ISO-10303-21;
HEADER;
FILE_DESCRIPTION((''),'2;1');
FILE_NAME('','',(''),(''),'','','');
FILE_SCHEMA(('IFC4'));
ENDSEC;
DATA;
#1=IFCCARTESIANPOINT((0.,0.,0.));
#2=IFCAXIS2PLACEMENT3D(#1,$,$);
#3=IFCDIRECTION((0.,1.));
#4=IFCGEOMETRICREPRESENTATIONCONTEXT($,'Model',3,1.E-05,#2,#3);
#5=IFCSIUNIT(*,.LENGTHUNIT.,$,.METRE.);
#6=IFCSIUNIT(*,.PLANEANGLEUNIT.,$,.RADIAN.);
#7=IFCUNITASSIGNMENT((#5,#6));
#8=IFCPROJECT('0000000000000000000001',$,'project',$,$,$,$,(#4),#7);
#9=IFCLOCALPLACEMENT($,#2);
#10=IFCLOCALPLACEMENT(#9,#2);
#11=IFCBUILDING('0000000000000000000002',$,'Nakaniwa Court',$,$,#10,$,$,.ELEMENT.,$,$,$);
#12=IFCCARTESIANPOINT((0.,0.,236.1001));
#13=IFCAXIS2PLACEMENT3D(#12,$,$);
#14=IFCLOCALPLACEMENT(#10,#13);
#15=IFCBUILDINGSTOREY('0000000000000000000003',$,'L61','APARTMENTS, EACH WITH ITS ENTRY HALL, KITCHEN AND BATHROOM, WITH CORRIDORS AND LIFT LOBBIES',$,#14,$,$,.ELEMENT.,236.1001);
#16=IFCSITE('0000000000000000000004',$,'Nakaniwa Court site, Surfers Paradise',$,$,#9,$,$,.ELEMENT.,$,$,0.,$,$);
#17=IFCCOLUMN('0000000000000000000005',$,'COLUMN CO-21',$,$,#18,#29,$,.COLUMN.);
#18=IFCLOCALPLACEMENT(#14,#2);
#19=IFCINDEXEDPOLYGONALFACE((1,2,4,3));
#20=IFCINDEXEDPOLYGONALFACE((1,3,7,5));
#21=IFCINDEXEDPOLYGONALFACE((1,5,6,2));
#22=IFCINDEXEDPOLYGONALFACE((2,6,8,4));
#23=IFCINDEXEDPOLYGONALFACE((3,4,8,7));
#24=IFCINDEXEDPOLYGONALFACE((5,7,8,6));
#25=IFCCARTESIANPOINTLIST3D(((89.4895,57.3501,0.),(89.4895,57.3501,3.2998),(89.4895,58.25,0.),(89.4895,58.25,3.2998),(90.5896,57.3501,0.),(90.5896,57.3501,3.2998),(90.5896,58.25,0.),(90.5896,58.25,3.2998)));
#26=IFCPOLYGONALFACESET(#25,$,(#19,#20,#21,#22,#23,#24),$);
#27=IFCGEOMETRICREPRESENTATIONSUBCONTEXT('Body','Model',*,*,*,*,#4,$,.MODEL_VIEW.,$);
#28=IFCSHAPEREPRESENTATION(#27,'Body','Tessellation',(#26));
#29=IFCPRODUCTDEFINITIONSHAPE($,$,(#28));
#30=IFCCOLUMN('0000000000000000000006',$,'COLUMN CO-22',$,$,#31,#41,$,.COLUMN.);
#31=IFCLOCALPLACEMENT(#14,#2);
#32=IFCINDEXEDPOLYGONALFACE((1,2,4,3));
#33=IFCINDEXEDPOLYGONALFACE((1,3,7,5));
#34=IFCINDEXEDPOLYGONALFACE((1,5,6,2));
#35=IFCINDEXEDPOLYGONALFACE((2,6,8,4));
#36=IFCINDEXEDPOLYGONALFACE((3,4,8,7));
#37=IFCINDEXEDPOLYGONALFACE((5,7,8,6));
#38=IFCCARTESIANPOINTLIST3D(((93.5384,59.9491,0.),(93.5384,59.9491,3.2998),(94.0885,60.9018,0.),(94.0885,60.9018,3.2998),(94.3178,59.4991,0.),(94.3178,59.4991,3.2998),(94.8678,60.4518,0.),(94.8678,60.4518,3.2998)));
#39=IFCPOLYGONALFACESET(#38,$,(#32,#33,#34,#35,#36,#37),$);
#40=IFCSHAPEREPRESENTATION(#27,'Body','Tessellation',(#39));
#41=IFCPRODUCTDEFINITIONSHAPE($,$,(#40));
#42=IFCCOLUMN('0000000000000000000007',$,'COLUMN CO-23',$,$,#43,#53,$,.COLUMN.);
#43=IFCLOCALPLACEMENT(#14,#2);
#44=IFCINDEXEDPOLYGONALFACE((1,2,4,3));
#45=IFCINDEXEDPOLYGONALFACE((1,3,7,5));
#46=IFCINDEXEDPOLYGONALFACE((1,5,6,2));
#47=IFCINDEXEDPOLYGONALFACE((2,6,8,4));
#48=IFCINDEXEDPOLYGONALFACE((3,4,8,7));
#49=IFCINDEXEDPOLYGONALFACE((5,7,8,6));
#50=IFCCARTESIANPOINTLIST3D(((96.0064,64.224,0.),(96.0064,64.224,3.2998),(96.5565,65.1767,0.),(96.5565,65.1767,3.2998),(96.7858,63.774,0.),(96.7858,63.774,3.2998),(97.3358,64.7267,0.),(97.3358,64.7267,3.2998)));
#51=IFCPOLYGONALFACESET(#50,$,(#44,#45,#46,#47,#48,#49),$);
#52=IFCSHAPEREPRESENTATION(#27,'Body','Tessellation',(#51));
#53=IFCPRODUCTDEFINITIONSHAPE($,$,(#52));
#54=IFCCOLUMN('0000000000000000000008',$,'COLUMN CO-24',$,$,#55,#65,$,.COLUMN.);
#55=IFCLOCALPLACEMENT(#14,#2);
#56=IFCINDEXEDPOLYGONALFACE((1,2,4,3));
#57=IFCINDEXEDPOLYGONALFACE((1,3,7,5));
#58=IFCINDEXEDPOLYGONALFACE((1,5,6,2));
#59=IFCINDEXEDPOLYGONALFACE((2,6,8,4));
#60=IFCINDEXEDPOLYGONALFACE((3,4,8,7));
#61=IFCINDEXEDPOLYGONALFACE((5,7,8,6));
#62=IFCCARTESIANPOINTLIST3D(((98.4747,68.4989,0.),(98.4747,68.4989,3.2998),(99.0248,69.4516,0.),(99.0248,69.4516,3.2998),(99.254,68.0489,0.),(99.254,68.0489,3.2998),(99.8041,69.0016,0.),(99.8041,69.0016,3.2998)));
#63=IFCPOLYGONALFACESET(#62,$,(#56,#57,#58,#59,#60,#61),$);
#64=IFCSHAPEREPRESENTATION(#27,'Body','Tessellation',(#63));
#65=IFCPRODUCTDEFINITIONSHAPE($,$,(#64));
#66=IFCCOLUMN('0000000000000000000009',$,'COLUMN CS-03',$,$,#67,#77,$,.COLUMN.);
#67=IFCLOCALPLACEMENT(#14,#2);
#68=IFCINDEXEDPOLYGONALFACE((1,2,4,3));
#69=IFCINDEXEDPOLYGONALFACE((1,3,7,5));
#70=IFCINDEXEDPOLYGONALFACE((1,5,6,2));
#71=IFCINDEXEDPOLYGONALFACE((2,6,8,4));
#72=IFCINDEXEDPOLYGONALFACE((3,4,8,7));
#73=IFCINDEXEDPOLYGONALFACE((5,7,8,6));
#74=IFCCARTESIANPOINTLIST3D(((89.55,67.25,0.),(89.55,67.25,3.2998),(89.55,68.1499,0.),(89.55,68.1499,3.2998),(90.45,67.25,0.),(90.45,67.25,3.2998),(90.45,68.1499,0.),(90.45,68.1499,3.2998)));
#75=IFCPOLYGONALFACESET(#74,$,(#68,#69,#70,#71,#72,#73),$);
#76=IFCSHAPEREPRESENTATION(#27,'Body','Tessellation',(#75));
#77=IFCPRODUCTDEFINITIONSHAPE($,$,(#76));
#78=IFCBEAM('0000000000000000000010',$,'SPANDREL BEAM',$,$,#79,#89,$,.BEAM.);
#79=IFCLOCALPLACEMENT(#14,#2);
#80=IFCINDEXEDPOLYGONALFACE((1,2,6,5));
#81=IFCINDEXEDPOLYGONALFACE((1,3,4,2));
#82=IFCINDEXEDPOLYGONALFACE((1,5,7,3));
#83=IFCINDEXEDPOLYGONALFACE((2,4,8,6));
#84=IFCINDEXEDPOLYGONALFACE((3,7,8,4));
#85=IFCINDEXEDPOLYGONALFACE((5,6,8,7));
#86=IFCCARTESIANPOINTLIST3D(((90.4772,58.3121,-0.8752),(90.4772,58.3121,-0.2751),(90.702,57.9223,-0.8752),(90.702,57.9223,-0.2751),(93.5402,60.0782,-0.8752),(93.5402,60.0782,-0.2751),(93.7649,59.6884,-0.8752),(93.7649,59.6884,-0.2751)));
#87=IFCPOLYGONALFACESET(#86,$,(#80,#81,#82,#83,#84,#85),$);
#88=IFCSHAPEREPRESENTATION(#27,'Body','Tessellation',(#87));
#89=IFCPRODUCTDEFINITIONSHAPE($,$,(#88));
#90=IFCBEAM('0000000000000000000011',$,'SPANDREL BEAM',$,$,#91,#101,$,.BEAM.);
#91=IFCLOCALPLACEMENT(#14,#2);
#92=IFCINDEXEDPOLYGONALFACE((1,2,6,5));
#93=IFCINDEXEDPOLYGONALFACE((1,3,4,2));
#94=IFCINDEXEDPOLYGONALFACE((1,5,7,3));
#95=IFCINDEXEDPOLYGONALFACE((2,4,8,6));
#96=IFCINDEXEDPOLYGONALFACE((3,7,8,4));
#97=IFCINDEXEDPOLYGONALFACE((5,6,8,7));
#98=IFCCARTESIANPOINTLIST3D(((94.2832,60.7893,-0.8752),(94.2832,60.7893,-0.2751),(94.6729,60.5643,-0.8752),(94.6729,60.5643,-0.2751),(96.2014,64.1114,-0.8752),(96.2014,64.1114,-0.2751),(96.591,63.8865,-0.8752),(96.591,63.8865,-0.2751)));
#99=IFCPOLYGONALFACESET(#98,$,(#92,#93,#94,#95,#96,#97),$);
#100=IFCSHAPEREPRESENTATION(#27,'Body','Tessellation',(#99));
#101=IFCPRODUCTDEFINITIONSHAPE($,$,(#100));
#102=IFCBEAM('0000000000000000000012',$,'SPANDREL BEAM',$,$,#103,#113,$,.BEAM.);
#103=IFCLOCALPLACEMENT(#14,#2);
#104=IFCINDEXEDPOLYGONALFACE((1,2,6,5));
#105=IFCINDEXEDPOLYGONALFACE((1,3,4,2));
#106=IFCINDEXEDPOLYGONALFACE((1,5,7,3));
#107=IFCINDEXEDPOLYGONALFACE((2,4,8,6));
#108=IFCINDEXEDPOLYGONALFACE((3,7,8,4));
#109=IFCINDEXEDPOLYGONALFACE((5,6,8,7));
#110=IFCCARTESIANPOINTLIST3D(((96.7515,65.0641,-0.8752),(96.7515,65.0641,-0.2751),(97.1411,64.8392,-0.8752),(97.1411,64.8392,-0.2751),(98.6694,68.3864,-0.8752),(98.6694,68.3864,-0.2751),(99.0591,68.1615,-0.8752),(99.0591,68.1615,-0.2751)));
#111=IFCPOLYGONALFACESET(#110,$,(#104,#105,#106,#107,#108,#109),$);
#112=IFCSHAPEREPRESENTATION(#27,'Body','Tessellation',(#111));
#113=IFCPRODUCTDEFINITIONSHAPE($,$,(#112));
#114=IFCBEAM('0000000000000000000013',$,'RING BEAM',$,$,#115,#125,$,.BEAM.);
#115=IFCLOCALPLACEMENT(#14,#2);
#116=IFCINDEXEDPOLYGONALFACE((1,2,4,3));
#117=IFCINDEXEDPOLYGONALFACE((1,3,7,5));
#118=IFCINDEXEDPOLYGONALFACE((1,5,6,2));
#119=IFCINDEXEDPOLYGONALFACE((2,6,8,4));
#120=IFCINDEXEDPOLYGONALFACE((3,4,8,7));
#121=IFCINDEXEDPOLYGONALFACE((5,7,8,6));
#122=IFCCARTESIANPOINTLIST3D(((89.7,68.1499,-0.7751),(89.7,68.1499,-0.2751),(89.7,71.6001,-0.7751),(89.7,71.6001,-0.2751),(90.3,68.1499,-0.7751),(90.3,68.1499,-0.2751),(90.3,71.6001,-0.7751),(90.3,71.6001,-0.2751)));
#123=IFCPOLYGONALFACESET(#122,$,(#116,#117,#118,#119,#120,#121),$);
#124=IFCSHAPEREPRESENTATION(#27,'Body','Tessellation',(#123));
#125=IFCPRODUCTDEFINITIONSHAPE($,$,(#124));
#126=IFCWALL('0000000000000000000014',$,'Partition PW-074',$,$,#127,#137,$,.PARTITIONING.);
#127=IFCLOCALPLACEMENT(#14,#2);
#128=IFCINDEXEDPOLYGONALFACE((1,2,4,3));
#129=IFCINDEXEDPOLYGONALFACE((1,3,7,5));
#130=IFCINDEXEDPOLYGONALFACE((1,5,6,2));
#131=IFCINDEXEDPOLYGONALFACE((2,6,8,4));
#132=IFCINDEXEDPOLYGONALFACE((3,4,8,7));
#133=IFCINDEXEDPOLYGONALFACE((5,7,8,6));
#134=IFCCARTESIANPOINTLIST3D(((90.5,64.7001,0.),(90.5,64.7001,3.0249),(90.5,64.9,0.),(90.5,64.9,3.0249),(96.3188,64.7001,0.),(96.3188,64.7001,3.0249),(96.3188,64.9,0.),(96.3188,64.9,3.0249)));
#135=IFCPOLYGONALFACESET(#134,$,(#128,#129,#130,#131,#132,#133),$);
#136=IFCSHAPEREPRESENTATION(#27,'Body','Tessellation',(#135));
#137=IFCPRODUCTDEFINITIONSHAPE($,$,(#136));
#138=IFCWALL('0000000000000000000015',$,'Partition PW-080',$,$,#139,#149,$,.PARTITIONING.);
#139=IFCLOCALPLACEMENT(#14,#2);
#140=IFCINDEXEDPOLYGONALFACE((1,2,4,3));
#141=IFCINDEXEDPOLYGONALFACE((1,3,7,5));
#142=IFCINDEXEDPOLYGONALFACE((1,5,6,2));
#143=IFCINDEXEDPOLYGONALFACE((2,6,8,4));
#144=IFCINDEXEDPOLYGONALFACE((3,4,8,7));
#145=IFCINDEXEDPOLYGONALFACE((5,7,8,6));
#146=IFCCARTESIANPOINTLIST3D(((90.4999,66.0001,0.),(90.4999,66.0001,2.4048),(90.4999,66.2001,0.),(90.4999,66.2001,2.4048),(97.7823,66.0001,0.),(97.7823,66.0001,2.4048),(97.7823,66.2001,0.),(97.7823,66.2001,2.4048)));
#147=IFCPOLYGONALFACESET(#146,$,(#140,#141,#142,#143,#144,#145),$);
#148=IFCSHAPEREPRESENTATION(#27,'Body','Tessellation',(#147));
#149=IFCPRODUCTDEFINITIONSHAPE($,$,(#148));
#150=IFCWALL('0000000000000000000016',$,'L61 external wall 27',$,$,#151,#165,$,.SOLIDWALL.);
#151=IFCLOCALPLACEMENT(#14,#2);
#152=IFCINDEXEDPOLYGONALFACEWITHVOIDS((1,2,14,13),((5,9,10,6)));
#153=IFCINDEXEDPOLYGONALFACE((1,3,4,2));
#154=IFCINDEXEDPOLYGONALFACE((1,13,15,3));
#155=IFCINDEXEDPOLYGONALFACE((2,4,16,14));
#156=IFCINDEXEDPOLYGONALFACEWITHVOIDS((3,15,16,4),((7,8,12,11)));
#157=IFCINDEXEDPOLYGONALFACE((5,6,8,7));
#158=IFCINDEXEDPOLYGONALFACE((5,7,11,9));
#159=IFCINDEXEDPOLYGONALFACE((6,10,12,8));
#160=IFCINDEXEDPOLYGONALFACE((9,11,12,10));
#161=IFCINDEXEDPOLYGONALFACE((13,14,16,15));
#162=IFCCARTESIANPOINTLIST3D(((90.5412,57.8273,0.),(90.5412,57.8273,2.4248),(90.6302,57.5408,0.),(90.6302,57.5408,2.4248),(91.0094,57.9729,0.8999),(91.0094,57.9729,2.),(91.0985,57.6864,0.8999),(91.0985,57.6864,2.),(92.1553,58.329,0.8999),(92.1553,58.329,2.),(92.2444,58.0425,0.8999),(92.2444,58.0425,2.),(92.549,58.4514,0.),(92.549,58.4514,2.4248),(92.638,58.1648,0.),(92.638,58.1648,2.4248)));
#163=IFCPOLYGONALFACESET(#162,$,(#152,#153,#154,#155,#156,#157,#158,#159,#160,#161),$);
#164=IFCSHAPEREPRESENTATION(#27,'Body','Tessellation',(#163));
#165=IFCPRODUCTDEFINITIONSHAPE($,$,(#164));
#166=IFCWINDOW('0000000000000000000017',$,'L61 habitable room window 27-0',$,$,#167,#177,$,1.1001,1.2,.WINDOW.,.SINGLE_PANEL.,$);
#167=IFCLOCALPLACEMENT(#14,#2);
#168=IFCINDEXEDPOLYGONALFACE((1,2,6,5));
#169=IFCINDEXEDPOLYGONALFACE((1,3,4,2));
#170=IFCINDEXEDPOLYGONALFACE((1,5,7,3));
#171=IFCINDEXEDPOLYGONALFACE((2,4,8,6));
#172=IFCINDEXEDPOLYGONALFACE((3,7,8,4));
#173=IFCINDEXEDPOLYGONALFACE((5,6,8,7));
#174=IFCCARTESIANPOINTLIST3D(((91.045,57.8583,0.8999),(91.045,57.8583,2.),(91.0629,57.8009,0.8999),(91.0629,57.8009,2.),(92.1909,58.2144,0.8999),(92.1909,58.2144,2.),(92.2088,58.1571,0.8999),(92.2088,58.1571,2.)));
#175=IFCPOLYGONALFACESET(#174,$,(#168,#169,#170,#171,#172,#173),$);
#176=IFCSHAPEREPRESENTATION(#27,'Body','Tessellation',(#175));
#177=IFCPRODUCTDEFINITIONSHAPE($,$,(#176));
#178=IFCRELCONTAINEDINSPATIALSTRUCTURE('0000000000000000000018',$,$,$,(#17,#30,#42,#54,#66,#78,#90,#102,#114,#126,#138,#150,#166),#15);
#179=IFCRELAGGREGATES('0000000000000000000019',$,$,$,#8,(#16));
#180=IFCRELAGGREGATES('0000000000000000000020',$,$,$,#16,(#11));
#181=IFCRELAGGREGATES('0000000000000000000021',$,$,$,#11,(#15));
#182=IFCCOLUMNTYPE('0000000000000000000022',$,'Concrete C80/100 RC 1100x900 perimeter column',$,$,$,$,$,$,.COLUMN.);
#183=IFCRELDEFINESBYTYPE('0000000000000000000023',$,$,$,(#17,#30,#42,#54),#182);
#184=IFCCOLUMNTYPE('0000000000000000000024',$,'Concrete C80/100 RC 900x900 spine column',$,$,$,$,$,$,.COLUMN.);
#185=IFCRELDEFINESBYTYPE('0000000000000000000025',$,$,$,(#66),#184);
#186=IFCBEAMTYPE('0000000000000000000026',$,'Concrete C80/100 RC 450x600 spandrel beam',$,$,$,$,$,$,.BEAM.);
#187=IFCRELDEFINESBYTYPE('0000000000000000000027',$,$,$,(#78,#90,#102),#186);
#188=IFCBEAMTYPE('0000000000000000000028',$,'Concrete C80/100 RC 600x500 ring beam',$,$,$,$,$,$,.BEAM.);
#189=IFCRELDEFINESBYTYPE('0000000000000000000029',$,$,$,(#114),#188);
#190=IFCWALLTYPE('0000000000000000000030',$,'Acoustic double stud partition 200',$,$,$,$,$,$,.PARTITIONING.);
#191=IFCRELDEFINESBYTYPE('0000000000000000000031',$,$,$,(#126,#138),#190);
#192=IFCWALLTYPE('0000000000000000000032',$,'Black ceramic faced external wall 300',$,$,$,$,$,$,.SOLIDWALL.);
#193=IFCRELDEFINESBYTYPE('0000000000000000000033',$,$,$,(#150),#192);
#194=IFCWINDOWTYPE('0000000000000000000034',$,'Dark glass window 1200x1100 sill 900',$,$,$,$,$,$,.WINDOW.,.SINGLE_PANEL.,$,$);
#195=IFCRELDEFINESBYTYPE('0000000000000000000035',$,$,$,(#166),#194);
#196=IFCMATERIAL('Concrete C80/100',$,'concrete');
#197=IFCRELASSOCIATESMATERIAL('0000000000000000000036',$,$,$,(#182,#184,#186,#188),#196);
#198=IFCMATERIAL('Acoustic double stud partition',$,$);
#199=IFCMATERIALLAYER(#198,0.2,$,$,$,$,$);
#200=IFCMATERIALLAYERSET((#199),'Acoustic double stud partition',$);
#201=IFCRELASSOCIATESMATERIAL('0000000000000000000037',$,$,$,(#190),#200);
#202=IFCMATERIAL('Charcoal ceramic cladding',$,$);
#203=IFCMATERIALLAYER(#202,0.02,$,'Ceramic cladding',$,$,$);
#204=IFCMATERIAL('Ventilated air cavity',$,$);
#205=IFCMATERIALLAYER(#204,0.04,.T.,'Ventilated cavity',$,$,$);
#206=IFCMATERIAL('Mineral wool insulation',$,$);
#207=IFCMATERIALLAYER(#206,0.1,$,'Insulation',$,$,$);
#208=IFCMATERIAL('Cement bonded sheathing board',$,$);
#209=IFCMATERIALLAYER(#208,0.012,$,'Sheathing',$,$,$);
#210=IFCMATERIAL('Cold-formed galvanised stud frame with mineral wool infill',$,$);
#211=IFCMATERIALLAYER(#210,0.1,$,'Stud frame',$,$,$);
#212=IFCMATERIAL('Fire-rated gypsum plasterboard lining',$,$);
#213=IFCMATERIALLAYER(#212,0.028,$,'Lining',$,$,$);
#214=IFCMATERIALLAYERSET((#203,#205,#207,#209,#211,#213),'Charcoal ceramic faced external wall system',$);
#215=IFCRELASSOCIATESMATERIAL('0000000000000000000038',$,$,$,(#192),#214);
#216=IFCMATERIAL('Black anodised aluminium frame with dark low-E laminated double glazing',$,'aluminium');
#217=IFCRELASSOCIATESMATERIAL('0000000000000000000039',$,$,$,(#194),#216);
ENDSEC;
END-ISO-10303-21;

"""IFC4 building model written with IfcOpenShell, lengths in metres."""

from ifc_helpers import new_model, si_unit, direction, frame, frame_2d, origin, origin_2d, place, context, subcontext, project, spatial, rectangle, extrude, material, layer, layer_set, material_profile, profile_set, type_object, element, fill, save


model = new_model("IFC4")

# Units and contexts
model_context = context("Model", 3, precision=1e-05, world=origin(), true_north=direction((0.0, 1.0)))
body_context = subcontext(model_context, "Body", "Model", "MODEL_VIEW")
ifc_project = project(units=[si_unit("LENGTHUNIT", "METRE"), si_unit("PLANEANGLEUNIT", "RADIAN")], contexts=[model_context])

# Site, building, storey
site_placement = place(None, origin())
site = spatial("IfcSite", under=ifc_project, at=site_placement, Name="Nakaniwa Court site, Surfers Paradise", CompositionType="ELEMENT", RefElevation=0.0)
building_placement = place(site_placement, origin())
building = spatial("IfcBuilding", under=site, at=building_placement, Name="Nakaniwa Court", CompositionType="ELEMENT")
storey_placement = place(building_placement, frame((0.0, 0.0, 236.1001)))
storey = spatial("IfcBuildingStorey", under=building, at=storey_placement, Name="L61", Description="APARTMENTS, EACH WITH ITS ENTRY HALL, KITCHEN AND BATHROOM, WITH CORRIDORS AND LIFT LOBBIES", CompositionType="ELEMENT", Elevation=236.1001)

# Columns
ifc_material_1 = material(Name="Concrete C80/100", Category="concrete")
ifc_material_profile_1 = material_profile(ifc_material_1, rectangle(XDim=1.1001, YDim=0.8999, at=origin_2d()), Name="Concrete C80/100 RC 1100x900 perimeter column")
ifc_profile_set_1 = profile_set([ifc_material_profile_1], Name="Concrete C80/100")
column_type_1 = type_object("IfcColumnType", Name="Concrete C80/100 RC 1100x900 perimeter column", PredefinedType="COLUMN", material=ifc_profile_set_1)
for number, where, z_axis, x_axis, name in (
    (1, (90.0396, 57.8, 0.0), (0.0, 0.0, 1.0), (1.0, 0.0, 0.0), "COLUMN CO-21"),
    (2, (94.2031, 60.2004, 0.0), (0.0, 0.0, 1.0), (0.5, 0.866025, 0.0), "COLUMN CO-22"),
    (3, (96.6711, 64.4753, 0.0), (0.0, 0.0, 1.0), (0.5, 0.866025, 0.0), "COLUMN CO-23"),
    (4, (99.1394, 68.7502, 0.0), (0.0, 0.0, 1.0), (0.5, 0.866025, 0.0), "COLUMN CO-24"),
):
    element("IfcColumn", number, at=place(storey_placement, frame(where, z_axis=z_axis, x_axis=x_axis)), inside=storey, type_object=column_type_1, Name=name, PredefinedType="COLUMN", context=body_context, shape_type="SweptSolid", body=[
        extrude(rectangle(XDim=1.1001, YDim=0.8999, at=origin_2d()), origin(), (0.0, 0.0, 1.0), 3.2998),
    ])
ifc_material_profile_2 = material_profile(ifc_material_1, rectangle(XDim=0.8999, YDim=0.8999, at=origin_2d()), Name="Concrete C80/100 RC 900x900 spine column")
ifc_profile_set_2 = profile_set([ifc_material_profile_2], Name="Concrete C80/100")
column_type_2 = type_object("IfcColumnType", Name="Concrete C80/100 RC 900x900 spine column", PredefinedType="COLUMN", material=ifc_profile_set_2)
column_placement = place(storey_placement, frame((90.0, 67.7, 0.0), z_axis=(0.0, 0.0, 1.0), x_axis=(0.0, 1.0, 0.0)))
element("IfcColumn", 5, at=column_placement, inside=storey, type_object=column_type_2, Name="COLUMN CS-03", PredefinedType="COLUMN", context=body_context, shape_type="SweptSolid", body=[
    extrude(rectangle(XDim=0.8999, YDim=0.8999, at=origin_2d()), origin(), (0.0, 0.0, 1.0), 3.2998),
])

# Beams
ifc_material_profile_3 = material_profile(ifc_material_1, rectangle(XDim=0.45, YDim=0.6001, at=origin_2d()), Name="Concrete C80/100 RC 450x600 spandrel beam")
ifc_profile_set_3 = profile_set([ifc_material_profile_3], Name="Concrete C80/100")
beam_type_1 = type_object("IfcBeamType", Name="Concrete C80/100 RC 450x600 spandrel beam", PredefinedType="BEAM", material=ifc_profile_set_3)
beam_1_placement = place(storey_placement, frame((90.5896, 58.1172, -0.5752), z_axis=(0.866307, 0.499511, 0.0), x_axis=(-0.499511, 0.866307, 0.0)))
element("IfcBeam", 6, at=beam_1_placement, inside=storey, type_object=beam_type_1, Name="SPANDREL BEAM", PredefinedType="BEAM", context=body_context, shape_type="SweptSolid", body=[
    extrude(rectangle(XDim=0.45, YDim=0.6001, at=origin_2d()), origin(), (0.0, 0.0, 1.0), 3.5356),
])
for number, where, z_axis, x_axis, name in (
    (7, (94.478, 60.6768, -0.5752), (0.50002, 0.866014, 0.0), (-0.866014, 0.50002, 0.0), "SPANDREL BEAM"),
    (8, (96.9463, 64.9517, -0.5752), (0.499972, 0.866041, 0.0), (-0.866041, 0.499972, 0.0), "SPANDREL BEAM"),
):
    element("IfcBeam", number, at=place(storey_placement, frame(where, z_axis=z_axis, x_axis=x_axis)), inside=storey, type_object=beam_type_1, Name=name, PredefinedType="BEAM", context=body_context, shape_type="SweptSolid", body=[
        extrude(rectangle(XDim=0.45, YDim=0.6001, at=origin_2d()), origin(), (0.0, 0.0, 1.0), 3.8362),
    ])
ifc_material_profile_4 = material_profile(ifc_material_1, rectangle(XDim=0.6001, YDim=0.5, at=origin_2d()), Name="Concrete C80/100 RC 600x500 ring beam")
ifc_profile_set_4 = profile_set([ifc_material_profile_4], Name="Concrete C80/100")
beam_type_2 = type_object("IfcBeamType", Name="Concrete C80/100 RC 600x500 ring beam", PredefinedType="BEAM", material=ifc_profile_set_4)
beam_2_placement = place(storey_placement, frame((90.0, 68.1499, -0.5251), z_axis=(0.0, 1.0, 0.0), x_axis=(-1.0, 0.0, 0.0)))
element("IfcBeam", 9, at=beam_2_placement, inside=storey, type_object=beam_type_2, Name="RING BEAM", PredefinedType="BEAM", context=body_context, shape_type="SweptSolid", body=[
    extrude(rectangle(XDim=0.6001, YDim=0.5, at=origin_2d()), origin(), (0.0, 0.0, 1.0), 3.4502),
])

# Walls
ifc_material_2 = material(Name="Acoustic double stud partition")
ifc_layer_1 = layer(ifc_material_2, 0.2)
ifc_layer_set_1 = layer_set([ifc_layer_1], Name="Acoustic double stud partition")
wall_type_1 = type_object("IfcWallType", Name="Acoustic double stud partition 200", PredefinedType="PARTITIONING", material=ifc_layer_set_1)
wall_1_placement = place(storey_placement, frame((90.5, 64.8, 0.0), z_axis=(0.0, 0.0, 1.0), x_axis=(1.0, 0.0, 0.0)))
element("IfcWall", 10, at=wall_1_placement, inside=storey, type_object=wall_type_1, Name="Partition PW-074", PredefinedType="PARTITIONING", context=body_context, shape_type="SweptSolid", body=[
    extrude(rectangle(XDim=5.8188, YDim=0.2, at=frame_2d((2.9094, 0.0))), origin(), (0.0, 0.0, 1.0), 3.0249),
])
wall_2_placement = place(storey_placement, frame((90.5, 66.1001, 0.0), z_axis=(0.0, 0.0, 1.0), x_axis=(1.0, 0.0, 0.0)))
element("IfcWall", 11, at=wall_2_placement, inside=storey, type_object=wall_type_1, Name="Partition PW-080", PredefinedType="PARTITIONING", context=body_context, shape_type="SweptSolid", body=[
    extrude(rectangle(XDim=7.2825, YDim=0.2, at=frame_2d((3.6411, 0.0))), origin(), (0.0, 0.0, 1.0), 2.4048),
])

# Wall, opening, window
ifc_material_3 = material(Name="Charcoal ceramic cladding")
ifc_layer_2 = layer(ifc_material_3, 0.02, Name="Ceramic cladding")
ifc_material_4 = material(Name="Ventilated air cavity")
ifc_layer_3 = layer(ifc_material_4, 0.04, ventilated=True, Name="Ventilated cavity")
ifc_material_5 = material(Name="Mineral wool insulation")
ifc_layer_4 = layer(ifc_material_5, 0.1, Name="Insulation")
ifc_material_6 = material(Name="Cement bonded sheathing board")
ifc_layer_5 = layer(ifc_material_6, 0.012, Name="Sheathing")
ifc_material_7 = material(Name="Cold-formed galvanised stud frame with mineral wool infill")
ifc_layer_6 = layer(ifc_material_7, 0.1, Name="Stud frame")
ifc_material_8 = material(Name="Fire-rated gypsum plasterboard lining")
ifc_layer_7 = layer(ifc_material_8, 0.028, Name="Lining")
ifc_layer_set_2 = layer_set([ifc_layer_2, ifc_layer_3, ifc_layer_4, ifc_layer_5, ifc_layer_6, ifc_layer_7], Name="Charcoal ceramic faced external wall system")
wall_type_2 = type_object("IfcWallType", Name="Black ceramic faced external wall 300", PredefinedType="SOLIDWALL", material=ifc_layer_set_2)
wall_3_placement = place(storey_placement, frame((90.5857, 57.6841, 0.0), z_axis=(0.0, 0.0, 1.0), x_axis=(0.954942, 0.296794, 0.0)))
wall_3 = element("IfcWall", 12, at=wall_3_placement, inside=storey, type_object=wall_type_2, Name="L61 external wall 27", PredefinedType="SOLIDWALL", context=body_context, shape_type="SweptSolid", body=[
    extrude(rectangle(XDim=2.1025, YDim=0.3, at=frame_2d((1.0513, 0.0))), origin(), (0.0, 0.0, 1.0), 2.4248),
])
opening_1_placement = place(wall_3_placement, frame((0.4902, 0.0, 0.8999)))
opening_1 = element("IfcOpeningElement", 13, at=opening_1_placement, cuts=wall_3, PredefinedType="OPENING", context=body_context, shape_type="SweptSolid", body=[
    extrude(rectangle(XDim=1.2, YDim=1.1001, at=frame_2d((0.6001, 0.55))), frame((0.0, 0.1599, 0.0), z_axis=(0.0, -1.0, 0.0), x_axis=(1.0, 0.0, 0.0)), (0.0, 0.0, 1.0), 0.3201),
])
ifc_material_9 = material(Name="Black anodised aluminium frame with dark low-E laminated double glazing", Category="aluminium")
window_type_1 = type_object("IfcWindowType", Name="Dark glass window 1200x1100 sill 900", PartitioningType="SINGLE_PANEL", PredefinedType="WINDOW", material=ifc_material_9)
window_1_placement = place(opening_1_placement, origin())
window_1 = element("IfcWindow", 14, at=window_1_placement, inside=storey, type_object=window_type_1, Name="L61 habitable room window 27-0", OverallHeight=1.1001, OverallWidth=1.2, PartitioningType="SINGLE_PANEL", PredefinedType="WINDOW", context=body_context, shape_type="SweptSolid", body=[
    extrude(rectangle(XDim=1.2, YDim=1.1001, at=frame_2d((0.6001, 0.55))), frame((0.0, 0.03, 0.0), z_axis=(0.0, -1.0, 0.0), x_axis=(1.0, 0.0, 0.0)), (0.0, 0.0, 1.0), 0.0601),
])
fill(opening_1, window_1)

save(model, "model.ifc")
